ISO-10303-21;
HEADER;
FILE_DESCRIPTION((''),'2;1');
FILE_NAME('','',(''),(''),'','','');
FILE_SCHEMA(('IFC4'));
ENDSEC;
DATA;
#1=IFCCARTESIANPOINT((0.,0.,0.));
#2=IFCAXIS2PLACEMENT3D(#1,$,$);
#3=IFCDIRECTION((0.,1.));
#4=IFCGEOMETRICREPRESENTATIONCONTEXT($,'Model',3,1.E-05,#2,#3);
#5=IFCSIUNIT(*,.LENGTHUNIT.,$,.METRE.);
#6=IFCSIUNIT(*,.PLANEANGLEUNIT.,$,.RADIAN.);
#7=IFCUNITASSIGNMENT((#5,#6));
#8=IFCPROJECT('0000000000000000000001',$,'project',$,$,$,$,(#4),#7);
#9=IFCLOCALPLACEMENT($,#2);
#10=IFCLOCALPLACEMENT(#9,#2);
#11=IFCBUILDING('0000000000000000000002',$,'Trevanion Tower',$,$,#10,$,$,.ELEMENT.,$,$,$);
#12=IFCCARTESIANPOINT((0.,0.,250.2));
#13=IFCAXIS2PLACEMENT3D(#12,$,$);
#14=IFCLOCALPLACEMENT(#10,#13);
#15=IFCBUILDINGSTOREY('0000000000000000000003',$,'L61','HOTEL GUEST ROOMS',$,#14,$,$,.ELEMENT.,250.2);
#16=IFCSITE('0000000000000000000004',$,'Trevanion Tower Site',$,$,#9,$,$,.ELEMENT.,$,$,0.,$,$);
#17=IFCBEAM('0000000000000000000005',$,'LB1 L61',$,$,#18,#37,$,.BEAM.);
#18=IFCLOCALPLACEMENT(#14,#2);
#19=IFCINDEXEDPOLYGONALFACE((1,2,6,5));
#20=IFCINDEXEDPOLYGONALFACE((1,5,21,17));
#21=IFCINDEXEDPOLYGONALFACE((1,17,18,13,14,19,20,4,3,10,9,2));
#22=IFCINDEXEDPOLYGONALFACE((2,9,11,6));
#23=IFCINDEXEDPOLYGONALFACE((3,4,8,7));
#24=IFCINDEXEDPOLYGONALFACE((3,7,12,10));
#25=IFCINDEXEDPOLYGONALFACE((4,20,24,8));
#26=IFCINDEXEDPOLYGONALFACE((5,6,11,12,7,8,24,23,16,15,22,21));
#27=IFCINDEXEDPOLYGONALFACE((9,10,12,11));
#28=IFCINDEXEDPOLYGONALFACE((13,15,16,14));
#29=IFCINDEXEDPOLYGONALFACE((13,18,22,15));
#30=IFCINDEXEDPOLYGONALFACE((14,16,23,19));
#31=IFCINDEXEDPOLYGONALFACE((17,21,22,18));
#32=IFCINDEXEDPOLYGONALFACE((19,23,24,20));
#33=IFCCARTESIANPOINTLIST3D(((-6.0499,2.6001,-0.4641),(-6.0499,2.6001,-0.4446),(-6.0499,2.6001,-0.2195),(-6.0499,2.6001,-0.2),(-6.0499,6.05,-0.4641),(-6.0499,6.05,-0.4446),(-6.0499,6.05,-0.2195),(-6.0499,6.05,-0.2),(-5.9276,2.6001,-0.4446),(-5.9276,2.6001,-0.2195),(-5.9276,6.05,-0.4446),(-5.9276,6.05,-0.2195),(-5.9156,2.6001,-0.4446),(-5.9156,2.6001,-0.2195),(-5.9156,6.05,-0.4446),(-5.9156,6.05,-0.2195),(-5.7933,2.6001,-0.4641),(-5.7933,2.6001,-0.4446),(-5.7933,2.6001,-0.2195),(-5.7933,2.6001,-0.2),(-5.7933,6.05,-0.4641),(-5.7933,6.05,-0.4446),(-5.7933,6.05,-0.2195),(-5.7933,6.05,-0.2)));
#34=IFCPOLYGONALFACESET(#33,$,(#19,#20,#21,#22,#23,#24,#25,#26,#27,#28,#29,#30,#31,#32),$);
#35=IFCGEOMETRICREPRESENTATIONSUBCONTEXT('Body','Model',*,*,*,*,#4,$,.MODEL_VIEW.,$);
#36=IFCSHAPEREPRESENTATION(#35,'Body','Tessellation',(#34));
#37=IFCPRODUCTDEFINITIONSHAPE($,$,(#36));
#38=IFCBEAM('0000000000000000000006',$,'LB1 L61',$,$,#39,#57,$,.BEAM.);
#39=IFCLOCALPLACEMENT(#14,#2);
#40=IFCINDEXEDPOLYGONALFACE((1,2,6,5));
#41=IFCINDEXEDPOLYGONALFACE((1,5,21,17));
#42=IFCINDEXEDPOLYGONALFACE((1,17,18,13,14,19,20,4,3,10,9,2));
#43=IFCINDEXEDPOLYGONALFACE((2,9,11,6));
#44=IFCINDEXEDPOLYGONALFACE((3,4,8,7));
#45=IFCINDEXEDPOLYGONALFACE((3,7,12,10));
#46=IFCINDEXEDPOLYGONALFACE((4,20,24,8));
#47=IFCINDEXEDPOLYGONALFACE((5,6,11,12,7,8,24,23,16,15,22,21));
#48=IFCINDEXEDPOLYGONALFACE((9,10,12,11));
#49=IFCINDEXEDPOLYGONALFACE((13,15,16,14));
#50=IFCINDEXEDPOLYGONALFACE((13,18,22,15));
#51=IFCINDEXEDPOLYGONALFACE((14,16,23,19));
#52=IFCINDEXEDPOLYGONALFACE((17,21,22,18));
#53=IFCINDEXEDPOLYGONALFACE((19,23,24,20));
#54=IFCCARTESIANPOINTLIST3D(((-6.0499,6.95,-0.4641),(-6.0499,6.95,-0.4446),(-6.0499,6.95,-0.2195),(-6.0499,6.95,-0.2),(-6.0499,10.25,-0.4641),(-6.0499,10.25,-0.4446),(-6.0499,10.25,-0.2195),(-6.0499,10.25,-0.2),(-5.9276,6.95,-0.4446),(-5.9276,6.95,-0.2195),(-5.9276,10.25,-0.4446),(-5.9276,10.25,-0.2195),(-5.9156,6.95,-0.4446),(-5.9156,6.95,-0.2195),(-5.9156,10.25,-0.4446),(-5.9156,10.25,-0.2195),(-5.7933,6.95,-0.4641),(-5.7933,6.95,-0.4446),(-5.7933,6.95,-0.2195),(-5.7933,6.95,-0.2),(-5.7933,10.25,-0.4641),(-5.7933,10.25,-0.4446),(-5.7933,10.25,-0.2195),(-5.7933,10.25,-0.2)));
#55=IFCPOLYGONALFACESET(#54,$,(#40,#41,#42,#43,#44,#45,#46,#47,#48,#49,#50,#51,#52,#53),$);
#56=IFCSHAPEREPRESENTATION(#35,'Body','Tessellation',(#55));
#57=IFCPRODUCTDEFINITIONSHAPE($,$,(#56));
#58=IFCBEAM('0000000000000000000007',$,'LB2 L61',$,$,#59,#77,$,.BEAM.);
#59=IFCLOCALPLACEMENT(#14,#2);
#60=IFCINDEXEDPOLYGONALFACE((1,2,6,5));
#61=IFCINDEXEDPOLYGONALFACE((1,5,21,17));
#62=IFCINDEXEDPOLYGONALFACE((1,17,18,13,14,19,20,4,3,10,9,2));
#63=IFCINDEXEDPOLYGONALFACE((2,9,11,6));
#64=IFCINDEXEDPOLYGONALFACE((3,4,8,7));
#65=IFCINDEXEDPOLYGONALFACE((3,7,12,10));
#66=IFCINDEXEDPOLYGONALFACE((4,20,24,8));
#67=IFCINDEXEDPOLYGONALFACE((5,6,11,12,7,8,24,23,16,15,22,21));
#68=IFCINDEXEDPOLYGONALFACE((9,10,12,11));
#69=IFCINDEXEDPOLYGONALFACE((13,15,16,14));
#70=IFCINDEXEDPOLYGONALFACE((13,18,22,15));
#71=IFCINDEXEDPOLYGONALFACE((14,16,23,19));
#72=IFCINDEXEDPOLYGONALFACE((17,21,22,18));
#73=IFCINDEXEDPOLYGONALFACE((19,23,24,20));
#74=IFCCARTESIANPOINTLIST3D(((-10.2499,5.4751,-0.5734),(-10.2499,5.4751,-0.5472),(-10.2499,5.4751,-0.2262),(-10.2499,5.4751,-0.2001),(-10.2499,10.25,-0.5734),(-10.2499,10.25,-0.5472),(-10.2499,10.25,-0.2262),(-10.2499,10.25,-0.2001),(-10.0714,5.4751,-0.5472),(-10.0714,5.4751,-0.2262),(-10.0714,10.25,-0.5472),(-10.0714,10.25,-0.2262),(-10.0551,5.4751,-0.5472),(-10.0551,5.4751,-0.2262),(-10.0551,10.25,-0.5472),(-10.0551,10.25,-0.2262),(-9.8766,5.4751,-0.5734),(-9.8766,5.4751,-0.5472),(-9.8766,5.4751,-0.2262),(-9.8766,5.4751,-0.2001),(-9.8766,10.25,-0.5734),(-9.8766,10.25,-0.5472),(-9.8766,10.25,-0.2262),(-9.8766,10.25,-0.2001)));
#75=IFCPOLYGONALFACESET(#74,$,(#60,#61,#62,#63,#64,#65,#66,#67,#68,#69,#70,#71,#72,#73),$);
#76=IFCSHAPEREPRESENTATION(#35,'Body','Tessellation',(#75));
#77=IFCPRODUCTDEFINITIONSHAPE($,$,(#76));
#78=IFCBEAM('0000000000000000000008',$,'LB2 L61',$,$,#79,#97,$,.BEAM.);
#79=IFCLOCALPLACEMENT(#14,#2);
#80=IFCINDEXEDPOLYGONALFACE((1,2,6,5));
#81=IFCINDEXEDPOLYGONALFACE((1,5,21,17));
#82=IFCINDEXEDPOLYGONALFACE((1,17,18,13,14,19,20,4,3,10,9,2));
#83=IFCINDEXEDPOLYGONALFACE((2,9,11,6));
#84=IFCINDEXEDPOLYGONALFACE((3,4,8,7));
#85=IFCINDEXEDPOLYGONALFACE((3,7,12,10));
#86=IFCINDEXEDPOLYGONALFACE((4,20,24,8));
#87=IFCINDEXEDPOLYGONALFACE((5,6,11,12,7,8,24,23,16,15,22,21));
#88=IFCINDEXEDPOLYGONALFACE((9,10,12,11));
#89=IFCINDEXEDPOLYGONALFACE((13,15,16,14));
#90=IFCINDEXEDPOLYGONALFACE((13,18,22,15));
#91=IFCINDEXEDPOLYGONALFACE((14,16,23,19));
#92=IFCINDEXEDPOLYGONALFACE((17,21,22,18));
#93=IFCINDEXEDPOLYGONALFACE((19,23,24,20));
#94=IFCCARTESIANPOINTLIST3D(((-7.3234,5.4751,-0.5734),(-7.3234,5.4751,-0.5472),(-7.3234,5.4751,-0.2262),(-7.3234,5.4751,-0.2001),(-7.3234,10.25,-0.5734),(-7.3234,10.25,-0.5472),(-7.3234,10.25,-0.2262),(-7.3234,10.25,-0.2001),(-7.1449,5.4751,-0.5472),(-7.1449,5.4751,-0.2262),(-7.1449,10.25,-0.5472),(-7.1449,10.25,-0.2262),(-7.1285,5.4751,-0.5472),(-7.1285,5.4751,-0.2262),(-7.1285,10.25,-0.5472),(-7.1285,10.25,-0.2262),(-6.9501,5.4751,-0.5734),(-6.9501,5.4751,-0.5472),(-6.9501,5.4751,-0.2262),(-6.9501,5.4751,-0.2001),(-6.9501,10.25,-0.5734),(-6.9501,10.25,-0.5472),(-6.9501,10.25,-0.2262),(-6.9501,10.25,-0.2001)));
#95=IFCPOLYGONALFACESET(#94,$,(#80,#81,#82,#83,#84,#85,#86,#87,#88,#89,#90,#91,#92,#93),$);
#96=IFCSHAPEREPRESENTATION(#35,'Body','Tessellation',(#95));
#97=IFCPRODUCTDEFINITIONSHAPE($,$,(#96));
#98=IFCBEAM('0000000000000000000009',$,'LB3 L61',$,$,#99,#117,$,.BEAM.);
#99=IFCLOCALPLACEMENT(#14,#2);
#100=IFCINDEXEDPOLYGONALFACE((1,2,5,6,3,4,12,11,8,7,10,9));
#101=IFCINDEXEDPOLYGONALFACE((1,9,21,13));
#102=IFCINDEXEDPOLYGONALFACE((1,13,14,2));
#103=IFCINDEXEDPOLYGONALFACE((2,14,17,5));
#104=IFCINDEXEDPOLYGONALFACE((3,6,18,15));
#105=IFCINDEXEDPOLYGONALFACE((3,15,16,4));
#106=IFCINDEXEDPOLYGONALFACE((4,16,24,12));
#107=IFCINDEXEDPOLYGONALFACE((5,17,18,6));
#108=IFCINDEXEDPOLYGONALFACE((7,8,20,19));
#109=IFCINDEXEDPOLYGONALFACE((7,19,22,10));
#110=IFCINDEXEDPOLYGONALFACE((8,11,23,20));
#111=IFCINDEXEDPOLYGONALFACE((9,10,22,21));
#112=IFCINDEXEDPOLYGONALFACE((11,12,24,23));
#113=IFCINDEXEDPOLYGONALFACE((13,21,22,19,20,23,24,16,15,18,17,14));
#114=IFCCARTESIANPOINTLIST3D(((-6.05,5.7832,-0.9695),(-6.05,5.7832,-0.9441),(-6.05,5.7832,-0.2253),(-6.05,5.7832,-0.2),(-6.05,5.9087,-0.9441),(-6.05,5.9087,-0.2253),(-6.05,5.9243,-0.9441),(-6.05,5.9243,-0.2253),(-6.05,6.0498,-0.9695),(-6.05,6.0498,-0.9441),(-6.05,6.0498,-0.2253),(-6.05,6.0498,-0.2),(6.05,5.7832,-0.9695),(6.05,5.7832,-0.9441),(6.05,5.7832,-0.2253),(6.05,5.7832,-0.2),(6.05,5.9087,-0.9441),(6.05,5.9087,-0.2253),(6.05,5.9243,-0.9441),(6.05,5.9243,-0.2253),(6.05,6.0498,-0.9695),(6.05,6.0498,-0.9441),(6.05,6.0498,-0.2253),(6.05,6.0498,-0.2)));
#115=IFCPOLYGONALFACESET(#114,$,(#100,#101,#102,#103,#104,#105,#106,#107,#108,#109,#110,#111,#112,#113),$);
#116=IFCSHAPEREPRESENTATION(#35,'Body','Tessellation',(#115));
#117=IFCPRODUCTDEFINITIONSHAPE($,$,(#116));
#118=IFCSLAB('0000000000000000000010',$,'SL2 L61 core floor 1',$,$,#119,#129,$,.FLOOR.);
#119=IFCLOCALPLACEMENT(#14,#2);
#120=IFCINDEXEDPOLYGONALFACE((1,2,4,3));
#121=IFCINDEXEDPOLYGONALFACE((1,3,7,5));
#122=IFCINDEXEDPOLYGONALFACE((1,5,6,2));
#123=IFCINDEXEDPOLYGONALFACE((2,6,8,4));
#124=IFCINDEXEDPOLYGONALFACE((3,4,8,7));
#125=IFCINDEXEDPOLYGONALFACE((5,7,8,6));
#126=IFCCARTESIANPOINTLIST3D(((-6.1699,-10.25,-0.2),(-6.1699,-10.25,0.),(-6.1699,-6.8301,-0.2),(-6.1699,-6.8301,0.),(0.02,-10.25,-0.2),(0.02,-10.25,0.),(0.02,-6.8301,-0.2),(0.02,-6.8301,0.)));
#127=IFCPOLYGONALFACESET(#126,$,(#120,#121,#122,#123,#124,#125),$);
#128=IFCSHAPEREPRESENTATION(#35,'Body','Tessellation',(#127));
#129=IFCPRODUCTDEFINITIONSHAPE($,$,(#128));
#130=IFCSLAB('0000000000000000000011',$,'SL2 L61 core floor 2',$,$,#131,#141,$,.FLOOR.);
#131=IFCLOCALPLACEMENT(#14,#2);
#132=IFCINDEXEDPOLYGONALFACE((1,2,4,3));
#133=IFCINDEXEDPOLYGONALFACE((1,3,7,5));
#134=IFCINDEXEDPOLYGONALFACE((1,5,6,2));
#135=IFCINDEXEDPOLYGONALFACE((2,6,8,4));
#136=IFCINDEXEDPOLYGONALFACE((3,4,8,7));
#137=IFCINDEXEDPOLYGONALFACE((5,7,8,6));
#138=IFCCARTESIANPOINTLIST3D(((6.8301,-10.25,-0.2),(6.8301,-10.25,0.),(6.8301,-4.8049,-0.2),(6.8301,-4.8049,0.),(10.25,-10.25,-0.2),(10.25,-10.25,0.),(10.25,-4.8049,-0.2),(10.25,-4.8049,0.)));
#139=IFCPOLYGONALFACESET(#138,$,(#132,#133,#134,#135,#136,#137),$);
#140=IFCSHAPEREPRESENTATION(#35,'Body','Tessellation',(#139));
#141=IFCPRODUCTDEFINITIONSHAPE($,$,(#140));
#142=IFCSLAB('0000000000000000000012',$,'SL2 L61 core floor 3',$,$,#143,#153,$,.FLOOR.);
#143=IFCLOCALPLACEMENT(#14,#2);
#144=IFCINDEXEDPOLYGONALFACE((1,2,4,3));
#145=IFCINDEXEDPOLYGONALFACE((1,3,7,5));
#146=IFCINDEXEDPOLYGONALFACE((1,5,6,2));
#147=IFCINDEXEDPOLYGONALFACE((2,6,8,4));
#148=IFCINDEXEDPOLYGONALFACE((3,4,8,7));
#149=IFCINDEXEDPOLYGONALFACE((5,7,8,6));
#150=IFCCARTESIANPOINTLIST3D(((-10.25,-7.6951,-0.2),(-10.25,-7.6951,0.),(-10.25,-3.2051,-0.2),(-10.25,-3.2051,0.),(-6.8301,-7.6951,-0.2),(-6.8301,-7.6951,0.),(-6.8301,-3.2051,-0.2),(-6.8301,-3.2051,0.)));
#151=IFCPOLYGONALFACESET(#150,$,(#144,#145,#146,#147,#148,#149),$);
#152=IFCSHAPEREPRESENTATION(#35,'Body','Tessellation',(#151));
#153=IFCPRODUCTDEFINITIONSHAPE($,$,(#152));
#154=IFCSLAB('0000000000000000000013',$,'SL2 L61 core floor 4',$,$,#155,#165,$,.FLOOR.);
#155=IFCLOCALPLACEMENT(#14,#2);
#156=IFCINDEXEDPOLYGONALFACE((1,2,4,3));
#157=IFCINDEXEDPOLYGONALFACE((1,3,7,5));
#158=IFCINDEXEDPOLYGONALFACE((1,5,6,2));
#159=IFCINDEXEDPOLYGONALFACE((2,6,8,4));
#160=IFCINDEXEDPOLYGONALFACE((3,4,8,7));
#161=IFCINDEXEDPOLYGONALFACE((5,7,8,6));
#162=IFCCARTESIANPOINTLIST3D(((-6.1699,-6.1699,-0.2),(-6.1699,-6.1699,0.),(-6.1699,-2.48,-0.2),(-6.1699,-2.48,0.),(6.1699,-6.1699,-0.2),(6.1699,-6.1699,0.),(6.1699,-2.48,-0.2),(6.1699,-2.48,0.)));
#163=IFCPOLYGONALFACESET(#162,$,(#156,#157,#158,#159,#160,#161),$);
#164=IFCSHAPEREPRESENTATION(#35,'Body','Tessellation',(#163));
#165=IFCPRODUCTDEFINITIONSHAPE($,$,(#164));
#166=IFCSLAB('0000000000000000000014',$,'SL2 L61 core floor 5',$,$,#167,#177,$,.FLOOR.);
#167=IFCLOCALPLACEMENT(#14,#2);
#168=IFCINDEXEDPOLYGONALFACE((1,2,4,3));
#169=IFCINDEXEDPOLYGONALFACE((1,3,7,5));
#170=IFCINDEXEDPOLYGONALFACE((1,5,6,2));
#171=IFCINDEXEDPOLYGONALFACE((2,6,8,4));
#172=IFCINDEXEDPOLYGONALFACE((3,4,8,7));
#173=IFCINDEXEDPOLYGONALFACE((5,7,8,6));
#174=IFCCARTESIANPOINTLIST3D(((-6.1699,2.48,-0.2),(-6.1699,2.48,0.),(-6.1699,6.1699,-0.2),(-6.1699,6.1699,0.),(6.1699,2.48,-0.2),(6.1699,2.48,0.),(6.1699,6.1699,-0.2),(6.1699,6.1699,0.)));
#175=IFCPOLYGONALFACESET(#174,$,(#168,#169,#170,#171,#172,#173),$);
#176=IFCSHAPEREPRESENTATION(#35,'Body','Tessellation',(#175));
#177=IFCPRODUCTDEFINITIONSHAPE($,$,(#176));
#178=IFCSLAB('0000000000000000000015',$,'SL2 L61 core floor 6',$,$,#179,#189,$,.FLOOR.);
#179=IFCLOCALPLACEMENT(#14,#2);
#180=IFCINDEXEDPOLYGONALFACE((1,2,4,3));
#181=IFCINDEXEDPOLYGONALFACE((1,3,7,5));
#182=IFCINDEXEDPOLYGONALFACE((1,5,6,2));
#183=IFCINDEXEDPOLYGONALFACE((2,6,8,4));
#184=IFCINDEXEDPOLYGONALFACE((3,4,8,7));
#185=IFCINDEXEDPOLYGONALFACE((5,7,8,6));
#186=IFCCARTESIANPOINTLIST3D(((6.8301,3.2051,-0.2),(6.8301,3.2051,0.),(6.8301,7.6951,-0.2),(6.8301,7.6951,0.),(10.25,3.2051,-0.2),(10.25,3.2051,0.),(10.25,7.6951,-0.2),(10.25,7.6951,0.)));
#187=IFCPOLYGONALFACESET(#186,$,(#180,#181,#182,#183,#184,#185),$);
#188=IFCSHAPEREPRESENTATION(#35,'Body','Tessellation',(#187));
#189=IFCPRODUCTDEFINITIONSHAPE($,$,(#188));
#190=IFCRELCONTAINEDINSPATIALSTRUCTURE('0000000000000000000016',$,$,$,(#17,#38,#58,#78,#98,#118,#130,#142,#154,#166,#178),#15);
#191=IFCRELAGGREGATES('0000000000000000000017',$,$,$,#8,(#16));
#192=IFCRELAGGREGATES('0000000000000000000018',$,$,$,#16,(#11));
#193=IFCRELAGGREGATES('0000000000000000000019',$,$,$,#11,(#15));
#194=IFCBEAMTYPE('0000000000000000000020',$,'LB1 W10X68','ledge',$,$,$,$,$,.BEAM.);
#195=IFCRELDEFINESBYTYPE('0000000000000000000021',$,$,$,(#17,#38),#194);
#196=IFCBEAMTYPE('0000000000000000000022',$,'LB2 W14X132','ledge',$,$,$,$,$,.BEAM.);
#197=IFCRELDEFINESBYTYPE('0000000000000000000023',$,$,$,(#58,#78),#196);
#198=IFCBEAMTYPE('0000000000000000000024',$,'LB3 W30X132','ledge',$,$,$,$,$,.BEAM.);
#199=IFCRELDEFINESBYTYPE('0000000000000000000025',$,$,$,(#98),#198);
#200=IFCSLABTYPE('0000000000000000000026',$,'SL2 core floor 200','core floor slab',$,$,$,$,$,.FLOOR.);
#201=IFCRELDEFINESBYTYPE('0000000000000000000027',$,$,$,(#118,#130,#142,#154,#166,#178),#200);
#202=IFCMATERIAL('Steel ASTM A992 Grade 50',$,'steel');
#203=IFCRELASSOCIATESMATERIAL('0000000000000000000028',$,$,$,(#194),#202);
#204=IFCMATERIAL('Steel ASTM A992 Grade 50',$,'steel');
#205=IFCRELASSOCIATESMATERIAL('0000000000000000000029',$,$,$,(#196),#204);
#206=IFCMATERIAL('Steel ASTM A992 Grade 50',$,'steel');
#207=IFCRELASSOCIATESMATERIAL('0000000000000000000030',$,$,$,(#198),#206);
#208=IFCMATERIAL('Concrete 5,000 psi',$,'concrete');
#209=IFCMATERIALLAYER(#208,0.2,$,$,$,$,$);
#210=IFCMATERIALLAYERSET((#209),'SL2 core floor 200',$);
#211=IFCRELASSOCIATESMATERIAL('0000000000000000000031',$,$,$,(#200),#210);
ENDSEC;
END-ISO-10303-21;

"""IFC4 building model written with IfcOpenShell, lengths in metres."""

from ifc_helpers import new_model, si_unit, direction, frame, origin, origin_2d, place, context, subcontext, project, spatial, polyline, i_section, outline, extrude, material, layer, layer_set, material_profile, profile_set, type_object, element, save


model = new_model("IFC4")

# Units and contexts
model_context = context("Model", 3, precision=1e-05, world=origin(), true_north=direction((0.0, 1.0)))
body_context = subcontext(model_context, "Body", "Model", "MODEL_VIEW")
ifc_project = project(units=[si_unit("LENGTHUNIT", "METRE"), si_unit("PLANEANGLEUNIT", "RADIAN")], contexts=[model_context])

# Site, building, storey
site_placement = place(None, origin())
site = spatial("IfcSite", under=ifc_project, at=site_placement, Name="Trevanion Tower Site", CompositionType="ELEMENT", RefElevation=0.0)
building_placement = place(site_placement, origin())
building = spatial("IfcBuilding", under=site, at=building_placement, Name="Trevanion Tower", CompositionType="ELEMENT")
storey_placement = place(building_placement, frame((0.0, 0.0, 250.2)))
storey = spatial("IfcBuildingStorey", under=building, at=storey_placement, Name="L61", Description="HOTEL GUEST ROOMS", CompositionType="ELEMENT", Elevation=250.2)

# Beams
ifc_material_1 = material(Name="Steel ASTM A992 Grade 50", Category="steel")
ifc_material_profile_1 = material_profile(ifc_material_1, i_section(OverallWidth=0.2566, OverallDepth=0.2642, WebThickness=0.012, FlangeThickness=0.0195, at=origin_2d()), Name="W10X68")
ifc_profile_set_1 = profile_set([ifc_material_profile_1], Name="Steel ASTM A992 Grade 50")
beam_type_1 = type_object("IfcBeamType", Name="LB1 W10X68", Description="ledge", PredefinedType="BEAM", material=ifc_profile_set_1)
beam_1_placement = place(storey_placement, frame((-5.9216, 2.6001, -0.332), z_axis=(0.0, 1.0, 0.0), x_axis=(-1.0, 0.0, 0.0)))
element("IfcBeam", 1, at=beam_1_placement, inside=storey, type_object=beam_type_1, Name="LB1 L61", PredefinedType="BEAM", context=body_context, shape_type="SweptSolid", body=[
    extrude(i_section(OverallWidth=0.2566, OverallDepth=0.2642, WebThickness=0.012, FlangeThickness=0.0195, at=origin_2d()), origin(), (0.0, 0.0, 1.0), 3.45),
])
beam_2_placement = place(storey_placement, frame((-5.9216, 6.95, -0.332), z_axis=(0.0, 1.0, 0.0), x_axis=(-1.0, 0.0, 0.0)))
element("IfcBeam", 2, at=beam_2_placement, inside=storey, type_object=beam_type_1, Name="LB1 L61", PredefinedType="BEAM", context=body_context, shape_type="SweptSolid", body=[
    extrude(i_section(OverallWidth=0.2566, OverallDepth=0.2642, WebThickness=0.012, FlangeThickness=0.0195, at=origin_2d()), origin(), (0.0, 0.0, 1.0), 3.3),
])
ifc_material_2 = material(Name="Steel ASTM A992 Grade 50", Category="steel")
ifc_material_profile_2 = material_profile(ifc_material_2, i_section(OverallWidth=0.3733, OverallDepth=0.3733, WebThickness=0.0164, FlangeThickness=0.0261, at=origin_2d()), Name="W14X132")
ifc_profile_set_2 = profile_set([ifc_material_profile_2], Name="Steel ASTM A992 Grade 50")
beam_type_2 = type_object("IfcBeamType", Name="LB2 W14X132", Description="ledge", PredefinedType="BEAM", material=ifc_profile_set_2)
for number, where, z_axis, x_axis, name in (
    (3, (-10.0632, 5.4751, -0.3867), (0.0, 1.0, 0.0), (-1.0, 0.0, 0.0), "LB2 L61"),
    (4, (-7.1367, 5.4751, -0.3867), (0.0, 1.0, 0.0), (-1.0, 0.0, 0.0), "LB2 L61"),
):
    element("IfcBeam", number, at=place(storey_placement, frame(where, z_axis=z_axis, x_axis=x_axis)), inside=storey, type_object=beam_type_2, Name=name, PredefinedType="BEAM", context=body_context, shape_type="SweptSolid", body=[
        extrude(i_section(OverallWidth=0.3733, OverallDepth=0.3733, WebThickness=0.0164, FlangeThickness=0.0261, at=origin_2d()), origin(), (0.0, 0.0, 1.0), 4.7749),
    ])
ifc_material_3 = material(Name="Steel ASTM A992 Grade 50", Category="steel")
ifc_material_profile_3 = material_profile(ifc_material_3, i_section(OverallWidth=0.2666, OverallDepth=0.7695, WebThickness=0.0156, FlangeThickness=0.0254, at=origin_2d()), Name="W30X132")
ifc_profile_set_3 = profile_set([ifc_material_profile_3], Name="Steel ASTM A992 Grade 50")
beam_type_3 = type_object("IfcBeamType", Name="LB3 W30X132", Description="ledge", PredefinedType="BEAM", material=ifc_profile_set_3)
beam_3_placement = place(storey_placement, frame((-6.05, 5.9165, -0.5847), z_axis=(1.0, 0.0, 0.0), x_axis=(0.0, 1.0, 0.0)))
element("IfcBeam", 5, at=beam_3_placement, inside=storey, type_object=beam_type_3, Name="LB3 L61", PredefinedType="BEAM", context=body_context, shape_type="SweptSolid", body=[
    extrude(i_section(OverallWidth=0.2666, OverallDepth=0.7695, WebThickness=0.0156, FlangeThickness=0.0254, at=origin_2d()), origin(), (0.0, 0.0, 1.0), 12.1001),
])

# Slabs
ifc_material_4 = material(Name="Concrete 5,000 psi", Category="concrete")
ifc_layer_1 = layer(ifc_material_4, 0.2)
ifc_layer_set_1 = layer_set([ifc_layer_1], Name="SL2 core floor 200")
slab_type_1 = type_object("IfcSlabType", Name="SL2 core floor 200", Description="core floor slab", PredefinedType="FLOOR", material=ifc_layer_set_1)
slab_1_placement = place(storey_placement, frame((0.0, 0.0, -0.2)))
element("IfcSlab", 6, at=slab_1_placement, inside=storey, type_object=slab_type_1, Name="SL2 L61 core floor 1", PredefinedType="FLOOR", context=body_context, shape_type="SweptSolid", body=[
    extrude(outline(polyline([(0.02, -10.25), (-6.1699, -10.25), (-6.1699, -6.8301), (0.02, -6.8301), (0.02, -10.25)])), origin(), (0.0, 0.0, 1.0), 0.2),
])
slab_2_placement = place(storey_placement, frame((0.0, 0.0, -0.2)))
element("IfcSlab", 7, at=slab_2_placement, inside=storey, type_object=slab_type_1, Name="SL2 L61 core floor 2", PredefinedType="FLOOR", context=body_context, shape_type="SweptSolid", body=[
    extrude(outline(polyline([(6.8301, -4.8049), (10.25, -4.8049), (10.25, -10.25), (6.8301, -10.25), (6.8301, -4.8049)])), origin(), (0.0, 0.0, 1.0), 0.2),
])
slab_3_placement = place(storey_placement, frame((0.0, 0.0, -0.2)))
element("IfcSlab", 8, at=slab_3_placement, inside=storey, type_object=slab_type_1, Name="SL2 L61 core floor 3", PredefinedType="FLOOR", context=body_context, shape_type="SweptSolid", body=[
    extrude(outline(polyline([(-6.8301, -3.2051), (-6.8301, -7.6951), (-10.25, -7.6951), (-10.25, -3.2051), (-6.8301, -3.2051)])), origin(), (0.0, 0.0, 1.0), 0.2),
])
slab_4_placement = place(storey_placement, frame((0.0, 0.0, -0.2)))
element("IfcSlab", 9, at=slab_4_placement, inside=storey, type_object=slab_type_1, Name="SL2 L61 core floor 4", PredefinedType="FLOOR", context=body_context, shape_type="SweptSolid", body=[
    extrude(outline(polyline([(6.1699, -6.1699), (-6.1699, -6.1699), (-6.1699, -2.48), (6.1699, -2.48), (6.1699, -6.1699)])), origin(), (0.0, 0.0, 1.0), 0.2),
])
slab_5_placement = place(storey_placement, frame((0.0, 0.0, -0.2)))
element("IfcSlab", 10, at=slab_5_placement, inside=storey, type_object=slab_type_1, Name="SL2 L61 core floor 5", PredefinedType="FLOOR", context=body_context, shape_type="SweptSolid", body=[
    extrude(outline(polyline([(6.1699, 2.48), (-6.1699, 2.48), (-6.1699, 6.1699), (6.1699, 6.1699), (6.1699, 2.48)])), origin(), (0.0, 0.0, 1.0), 0.2),
])
slab_6_placement = place(storey_placement, frame((0.0, 0.0, -0.2)))
element("IfcSlab", 11, at=slab_6_placement, inside=storey, type_object=slab_type_1, Name="SL2 L61 core floor 6", PredefinedType="FLOOR", context=body_context, shape_type="SweptSolid", body=[
    extrude(outline(polyline([(6.8301, 3.2051), (6.8301, 7.6951), (10.25, 7.6951), (10.25, 3.2051), (6.8301, 3.2051)])), origin(), (0.0, 0.0, 1.0), 0.2),
])

save(model, "model.ifc")
